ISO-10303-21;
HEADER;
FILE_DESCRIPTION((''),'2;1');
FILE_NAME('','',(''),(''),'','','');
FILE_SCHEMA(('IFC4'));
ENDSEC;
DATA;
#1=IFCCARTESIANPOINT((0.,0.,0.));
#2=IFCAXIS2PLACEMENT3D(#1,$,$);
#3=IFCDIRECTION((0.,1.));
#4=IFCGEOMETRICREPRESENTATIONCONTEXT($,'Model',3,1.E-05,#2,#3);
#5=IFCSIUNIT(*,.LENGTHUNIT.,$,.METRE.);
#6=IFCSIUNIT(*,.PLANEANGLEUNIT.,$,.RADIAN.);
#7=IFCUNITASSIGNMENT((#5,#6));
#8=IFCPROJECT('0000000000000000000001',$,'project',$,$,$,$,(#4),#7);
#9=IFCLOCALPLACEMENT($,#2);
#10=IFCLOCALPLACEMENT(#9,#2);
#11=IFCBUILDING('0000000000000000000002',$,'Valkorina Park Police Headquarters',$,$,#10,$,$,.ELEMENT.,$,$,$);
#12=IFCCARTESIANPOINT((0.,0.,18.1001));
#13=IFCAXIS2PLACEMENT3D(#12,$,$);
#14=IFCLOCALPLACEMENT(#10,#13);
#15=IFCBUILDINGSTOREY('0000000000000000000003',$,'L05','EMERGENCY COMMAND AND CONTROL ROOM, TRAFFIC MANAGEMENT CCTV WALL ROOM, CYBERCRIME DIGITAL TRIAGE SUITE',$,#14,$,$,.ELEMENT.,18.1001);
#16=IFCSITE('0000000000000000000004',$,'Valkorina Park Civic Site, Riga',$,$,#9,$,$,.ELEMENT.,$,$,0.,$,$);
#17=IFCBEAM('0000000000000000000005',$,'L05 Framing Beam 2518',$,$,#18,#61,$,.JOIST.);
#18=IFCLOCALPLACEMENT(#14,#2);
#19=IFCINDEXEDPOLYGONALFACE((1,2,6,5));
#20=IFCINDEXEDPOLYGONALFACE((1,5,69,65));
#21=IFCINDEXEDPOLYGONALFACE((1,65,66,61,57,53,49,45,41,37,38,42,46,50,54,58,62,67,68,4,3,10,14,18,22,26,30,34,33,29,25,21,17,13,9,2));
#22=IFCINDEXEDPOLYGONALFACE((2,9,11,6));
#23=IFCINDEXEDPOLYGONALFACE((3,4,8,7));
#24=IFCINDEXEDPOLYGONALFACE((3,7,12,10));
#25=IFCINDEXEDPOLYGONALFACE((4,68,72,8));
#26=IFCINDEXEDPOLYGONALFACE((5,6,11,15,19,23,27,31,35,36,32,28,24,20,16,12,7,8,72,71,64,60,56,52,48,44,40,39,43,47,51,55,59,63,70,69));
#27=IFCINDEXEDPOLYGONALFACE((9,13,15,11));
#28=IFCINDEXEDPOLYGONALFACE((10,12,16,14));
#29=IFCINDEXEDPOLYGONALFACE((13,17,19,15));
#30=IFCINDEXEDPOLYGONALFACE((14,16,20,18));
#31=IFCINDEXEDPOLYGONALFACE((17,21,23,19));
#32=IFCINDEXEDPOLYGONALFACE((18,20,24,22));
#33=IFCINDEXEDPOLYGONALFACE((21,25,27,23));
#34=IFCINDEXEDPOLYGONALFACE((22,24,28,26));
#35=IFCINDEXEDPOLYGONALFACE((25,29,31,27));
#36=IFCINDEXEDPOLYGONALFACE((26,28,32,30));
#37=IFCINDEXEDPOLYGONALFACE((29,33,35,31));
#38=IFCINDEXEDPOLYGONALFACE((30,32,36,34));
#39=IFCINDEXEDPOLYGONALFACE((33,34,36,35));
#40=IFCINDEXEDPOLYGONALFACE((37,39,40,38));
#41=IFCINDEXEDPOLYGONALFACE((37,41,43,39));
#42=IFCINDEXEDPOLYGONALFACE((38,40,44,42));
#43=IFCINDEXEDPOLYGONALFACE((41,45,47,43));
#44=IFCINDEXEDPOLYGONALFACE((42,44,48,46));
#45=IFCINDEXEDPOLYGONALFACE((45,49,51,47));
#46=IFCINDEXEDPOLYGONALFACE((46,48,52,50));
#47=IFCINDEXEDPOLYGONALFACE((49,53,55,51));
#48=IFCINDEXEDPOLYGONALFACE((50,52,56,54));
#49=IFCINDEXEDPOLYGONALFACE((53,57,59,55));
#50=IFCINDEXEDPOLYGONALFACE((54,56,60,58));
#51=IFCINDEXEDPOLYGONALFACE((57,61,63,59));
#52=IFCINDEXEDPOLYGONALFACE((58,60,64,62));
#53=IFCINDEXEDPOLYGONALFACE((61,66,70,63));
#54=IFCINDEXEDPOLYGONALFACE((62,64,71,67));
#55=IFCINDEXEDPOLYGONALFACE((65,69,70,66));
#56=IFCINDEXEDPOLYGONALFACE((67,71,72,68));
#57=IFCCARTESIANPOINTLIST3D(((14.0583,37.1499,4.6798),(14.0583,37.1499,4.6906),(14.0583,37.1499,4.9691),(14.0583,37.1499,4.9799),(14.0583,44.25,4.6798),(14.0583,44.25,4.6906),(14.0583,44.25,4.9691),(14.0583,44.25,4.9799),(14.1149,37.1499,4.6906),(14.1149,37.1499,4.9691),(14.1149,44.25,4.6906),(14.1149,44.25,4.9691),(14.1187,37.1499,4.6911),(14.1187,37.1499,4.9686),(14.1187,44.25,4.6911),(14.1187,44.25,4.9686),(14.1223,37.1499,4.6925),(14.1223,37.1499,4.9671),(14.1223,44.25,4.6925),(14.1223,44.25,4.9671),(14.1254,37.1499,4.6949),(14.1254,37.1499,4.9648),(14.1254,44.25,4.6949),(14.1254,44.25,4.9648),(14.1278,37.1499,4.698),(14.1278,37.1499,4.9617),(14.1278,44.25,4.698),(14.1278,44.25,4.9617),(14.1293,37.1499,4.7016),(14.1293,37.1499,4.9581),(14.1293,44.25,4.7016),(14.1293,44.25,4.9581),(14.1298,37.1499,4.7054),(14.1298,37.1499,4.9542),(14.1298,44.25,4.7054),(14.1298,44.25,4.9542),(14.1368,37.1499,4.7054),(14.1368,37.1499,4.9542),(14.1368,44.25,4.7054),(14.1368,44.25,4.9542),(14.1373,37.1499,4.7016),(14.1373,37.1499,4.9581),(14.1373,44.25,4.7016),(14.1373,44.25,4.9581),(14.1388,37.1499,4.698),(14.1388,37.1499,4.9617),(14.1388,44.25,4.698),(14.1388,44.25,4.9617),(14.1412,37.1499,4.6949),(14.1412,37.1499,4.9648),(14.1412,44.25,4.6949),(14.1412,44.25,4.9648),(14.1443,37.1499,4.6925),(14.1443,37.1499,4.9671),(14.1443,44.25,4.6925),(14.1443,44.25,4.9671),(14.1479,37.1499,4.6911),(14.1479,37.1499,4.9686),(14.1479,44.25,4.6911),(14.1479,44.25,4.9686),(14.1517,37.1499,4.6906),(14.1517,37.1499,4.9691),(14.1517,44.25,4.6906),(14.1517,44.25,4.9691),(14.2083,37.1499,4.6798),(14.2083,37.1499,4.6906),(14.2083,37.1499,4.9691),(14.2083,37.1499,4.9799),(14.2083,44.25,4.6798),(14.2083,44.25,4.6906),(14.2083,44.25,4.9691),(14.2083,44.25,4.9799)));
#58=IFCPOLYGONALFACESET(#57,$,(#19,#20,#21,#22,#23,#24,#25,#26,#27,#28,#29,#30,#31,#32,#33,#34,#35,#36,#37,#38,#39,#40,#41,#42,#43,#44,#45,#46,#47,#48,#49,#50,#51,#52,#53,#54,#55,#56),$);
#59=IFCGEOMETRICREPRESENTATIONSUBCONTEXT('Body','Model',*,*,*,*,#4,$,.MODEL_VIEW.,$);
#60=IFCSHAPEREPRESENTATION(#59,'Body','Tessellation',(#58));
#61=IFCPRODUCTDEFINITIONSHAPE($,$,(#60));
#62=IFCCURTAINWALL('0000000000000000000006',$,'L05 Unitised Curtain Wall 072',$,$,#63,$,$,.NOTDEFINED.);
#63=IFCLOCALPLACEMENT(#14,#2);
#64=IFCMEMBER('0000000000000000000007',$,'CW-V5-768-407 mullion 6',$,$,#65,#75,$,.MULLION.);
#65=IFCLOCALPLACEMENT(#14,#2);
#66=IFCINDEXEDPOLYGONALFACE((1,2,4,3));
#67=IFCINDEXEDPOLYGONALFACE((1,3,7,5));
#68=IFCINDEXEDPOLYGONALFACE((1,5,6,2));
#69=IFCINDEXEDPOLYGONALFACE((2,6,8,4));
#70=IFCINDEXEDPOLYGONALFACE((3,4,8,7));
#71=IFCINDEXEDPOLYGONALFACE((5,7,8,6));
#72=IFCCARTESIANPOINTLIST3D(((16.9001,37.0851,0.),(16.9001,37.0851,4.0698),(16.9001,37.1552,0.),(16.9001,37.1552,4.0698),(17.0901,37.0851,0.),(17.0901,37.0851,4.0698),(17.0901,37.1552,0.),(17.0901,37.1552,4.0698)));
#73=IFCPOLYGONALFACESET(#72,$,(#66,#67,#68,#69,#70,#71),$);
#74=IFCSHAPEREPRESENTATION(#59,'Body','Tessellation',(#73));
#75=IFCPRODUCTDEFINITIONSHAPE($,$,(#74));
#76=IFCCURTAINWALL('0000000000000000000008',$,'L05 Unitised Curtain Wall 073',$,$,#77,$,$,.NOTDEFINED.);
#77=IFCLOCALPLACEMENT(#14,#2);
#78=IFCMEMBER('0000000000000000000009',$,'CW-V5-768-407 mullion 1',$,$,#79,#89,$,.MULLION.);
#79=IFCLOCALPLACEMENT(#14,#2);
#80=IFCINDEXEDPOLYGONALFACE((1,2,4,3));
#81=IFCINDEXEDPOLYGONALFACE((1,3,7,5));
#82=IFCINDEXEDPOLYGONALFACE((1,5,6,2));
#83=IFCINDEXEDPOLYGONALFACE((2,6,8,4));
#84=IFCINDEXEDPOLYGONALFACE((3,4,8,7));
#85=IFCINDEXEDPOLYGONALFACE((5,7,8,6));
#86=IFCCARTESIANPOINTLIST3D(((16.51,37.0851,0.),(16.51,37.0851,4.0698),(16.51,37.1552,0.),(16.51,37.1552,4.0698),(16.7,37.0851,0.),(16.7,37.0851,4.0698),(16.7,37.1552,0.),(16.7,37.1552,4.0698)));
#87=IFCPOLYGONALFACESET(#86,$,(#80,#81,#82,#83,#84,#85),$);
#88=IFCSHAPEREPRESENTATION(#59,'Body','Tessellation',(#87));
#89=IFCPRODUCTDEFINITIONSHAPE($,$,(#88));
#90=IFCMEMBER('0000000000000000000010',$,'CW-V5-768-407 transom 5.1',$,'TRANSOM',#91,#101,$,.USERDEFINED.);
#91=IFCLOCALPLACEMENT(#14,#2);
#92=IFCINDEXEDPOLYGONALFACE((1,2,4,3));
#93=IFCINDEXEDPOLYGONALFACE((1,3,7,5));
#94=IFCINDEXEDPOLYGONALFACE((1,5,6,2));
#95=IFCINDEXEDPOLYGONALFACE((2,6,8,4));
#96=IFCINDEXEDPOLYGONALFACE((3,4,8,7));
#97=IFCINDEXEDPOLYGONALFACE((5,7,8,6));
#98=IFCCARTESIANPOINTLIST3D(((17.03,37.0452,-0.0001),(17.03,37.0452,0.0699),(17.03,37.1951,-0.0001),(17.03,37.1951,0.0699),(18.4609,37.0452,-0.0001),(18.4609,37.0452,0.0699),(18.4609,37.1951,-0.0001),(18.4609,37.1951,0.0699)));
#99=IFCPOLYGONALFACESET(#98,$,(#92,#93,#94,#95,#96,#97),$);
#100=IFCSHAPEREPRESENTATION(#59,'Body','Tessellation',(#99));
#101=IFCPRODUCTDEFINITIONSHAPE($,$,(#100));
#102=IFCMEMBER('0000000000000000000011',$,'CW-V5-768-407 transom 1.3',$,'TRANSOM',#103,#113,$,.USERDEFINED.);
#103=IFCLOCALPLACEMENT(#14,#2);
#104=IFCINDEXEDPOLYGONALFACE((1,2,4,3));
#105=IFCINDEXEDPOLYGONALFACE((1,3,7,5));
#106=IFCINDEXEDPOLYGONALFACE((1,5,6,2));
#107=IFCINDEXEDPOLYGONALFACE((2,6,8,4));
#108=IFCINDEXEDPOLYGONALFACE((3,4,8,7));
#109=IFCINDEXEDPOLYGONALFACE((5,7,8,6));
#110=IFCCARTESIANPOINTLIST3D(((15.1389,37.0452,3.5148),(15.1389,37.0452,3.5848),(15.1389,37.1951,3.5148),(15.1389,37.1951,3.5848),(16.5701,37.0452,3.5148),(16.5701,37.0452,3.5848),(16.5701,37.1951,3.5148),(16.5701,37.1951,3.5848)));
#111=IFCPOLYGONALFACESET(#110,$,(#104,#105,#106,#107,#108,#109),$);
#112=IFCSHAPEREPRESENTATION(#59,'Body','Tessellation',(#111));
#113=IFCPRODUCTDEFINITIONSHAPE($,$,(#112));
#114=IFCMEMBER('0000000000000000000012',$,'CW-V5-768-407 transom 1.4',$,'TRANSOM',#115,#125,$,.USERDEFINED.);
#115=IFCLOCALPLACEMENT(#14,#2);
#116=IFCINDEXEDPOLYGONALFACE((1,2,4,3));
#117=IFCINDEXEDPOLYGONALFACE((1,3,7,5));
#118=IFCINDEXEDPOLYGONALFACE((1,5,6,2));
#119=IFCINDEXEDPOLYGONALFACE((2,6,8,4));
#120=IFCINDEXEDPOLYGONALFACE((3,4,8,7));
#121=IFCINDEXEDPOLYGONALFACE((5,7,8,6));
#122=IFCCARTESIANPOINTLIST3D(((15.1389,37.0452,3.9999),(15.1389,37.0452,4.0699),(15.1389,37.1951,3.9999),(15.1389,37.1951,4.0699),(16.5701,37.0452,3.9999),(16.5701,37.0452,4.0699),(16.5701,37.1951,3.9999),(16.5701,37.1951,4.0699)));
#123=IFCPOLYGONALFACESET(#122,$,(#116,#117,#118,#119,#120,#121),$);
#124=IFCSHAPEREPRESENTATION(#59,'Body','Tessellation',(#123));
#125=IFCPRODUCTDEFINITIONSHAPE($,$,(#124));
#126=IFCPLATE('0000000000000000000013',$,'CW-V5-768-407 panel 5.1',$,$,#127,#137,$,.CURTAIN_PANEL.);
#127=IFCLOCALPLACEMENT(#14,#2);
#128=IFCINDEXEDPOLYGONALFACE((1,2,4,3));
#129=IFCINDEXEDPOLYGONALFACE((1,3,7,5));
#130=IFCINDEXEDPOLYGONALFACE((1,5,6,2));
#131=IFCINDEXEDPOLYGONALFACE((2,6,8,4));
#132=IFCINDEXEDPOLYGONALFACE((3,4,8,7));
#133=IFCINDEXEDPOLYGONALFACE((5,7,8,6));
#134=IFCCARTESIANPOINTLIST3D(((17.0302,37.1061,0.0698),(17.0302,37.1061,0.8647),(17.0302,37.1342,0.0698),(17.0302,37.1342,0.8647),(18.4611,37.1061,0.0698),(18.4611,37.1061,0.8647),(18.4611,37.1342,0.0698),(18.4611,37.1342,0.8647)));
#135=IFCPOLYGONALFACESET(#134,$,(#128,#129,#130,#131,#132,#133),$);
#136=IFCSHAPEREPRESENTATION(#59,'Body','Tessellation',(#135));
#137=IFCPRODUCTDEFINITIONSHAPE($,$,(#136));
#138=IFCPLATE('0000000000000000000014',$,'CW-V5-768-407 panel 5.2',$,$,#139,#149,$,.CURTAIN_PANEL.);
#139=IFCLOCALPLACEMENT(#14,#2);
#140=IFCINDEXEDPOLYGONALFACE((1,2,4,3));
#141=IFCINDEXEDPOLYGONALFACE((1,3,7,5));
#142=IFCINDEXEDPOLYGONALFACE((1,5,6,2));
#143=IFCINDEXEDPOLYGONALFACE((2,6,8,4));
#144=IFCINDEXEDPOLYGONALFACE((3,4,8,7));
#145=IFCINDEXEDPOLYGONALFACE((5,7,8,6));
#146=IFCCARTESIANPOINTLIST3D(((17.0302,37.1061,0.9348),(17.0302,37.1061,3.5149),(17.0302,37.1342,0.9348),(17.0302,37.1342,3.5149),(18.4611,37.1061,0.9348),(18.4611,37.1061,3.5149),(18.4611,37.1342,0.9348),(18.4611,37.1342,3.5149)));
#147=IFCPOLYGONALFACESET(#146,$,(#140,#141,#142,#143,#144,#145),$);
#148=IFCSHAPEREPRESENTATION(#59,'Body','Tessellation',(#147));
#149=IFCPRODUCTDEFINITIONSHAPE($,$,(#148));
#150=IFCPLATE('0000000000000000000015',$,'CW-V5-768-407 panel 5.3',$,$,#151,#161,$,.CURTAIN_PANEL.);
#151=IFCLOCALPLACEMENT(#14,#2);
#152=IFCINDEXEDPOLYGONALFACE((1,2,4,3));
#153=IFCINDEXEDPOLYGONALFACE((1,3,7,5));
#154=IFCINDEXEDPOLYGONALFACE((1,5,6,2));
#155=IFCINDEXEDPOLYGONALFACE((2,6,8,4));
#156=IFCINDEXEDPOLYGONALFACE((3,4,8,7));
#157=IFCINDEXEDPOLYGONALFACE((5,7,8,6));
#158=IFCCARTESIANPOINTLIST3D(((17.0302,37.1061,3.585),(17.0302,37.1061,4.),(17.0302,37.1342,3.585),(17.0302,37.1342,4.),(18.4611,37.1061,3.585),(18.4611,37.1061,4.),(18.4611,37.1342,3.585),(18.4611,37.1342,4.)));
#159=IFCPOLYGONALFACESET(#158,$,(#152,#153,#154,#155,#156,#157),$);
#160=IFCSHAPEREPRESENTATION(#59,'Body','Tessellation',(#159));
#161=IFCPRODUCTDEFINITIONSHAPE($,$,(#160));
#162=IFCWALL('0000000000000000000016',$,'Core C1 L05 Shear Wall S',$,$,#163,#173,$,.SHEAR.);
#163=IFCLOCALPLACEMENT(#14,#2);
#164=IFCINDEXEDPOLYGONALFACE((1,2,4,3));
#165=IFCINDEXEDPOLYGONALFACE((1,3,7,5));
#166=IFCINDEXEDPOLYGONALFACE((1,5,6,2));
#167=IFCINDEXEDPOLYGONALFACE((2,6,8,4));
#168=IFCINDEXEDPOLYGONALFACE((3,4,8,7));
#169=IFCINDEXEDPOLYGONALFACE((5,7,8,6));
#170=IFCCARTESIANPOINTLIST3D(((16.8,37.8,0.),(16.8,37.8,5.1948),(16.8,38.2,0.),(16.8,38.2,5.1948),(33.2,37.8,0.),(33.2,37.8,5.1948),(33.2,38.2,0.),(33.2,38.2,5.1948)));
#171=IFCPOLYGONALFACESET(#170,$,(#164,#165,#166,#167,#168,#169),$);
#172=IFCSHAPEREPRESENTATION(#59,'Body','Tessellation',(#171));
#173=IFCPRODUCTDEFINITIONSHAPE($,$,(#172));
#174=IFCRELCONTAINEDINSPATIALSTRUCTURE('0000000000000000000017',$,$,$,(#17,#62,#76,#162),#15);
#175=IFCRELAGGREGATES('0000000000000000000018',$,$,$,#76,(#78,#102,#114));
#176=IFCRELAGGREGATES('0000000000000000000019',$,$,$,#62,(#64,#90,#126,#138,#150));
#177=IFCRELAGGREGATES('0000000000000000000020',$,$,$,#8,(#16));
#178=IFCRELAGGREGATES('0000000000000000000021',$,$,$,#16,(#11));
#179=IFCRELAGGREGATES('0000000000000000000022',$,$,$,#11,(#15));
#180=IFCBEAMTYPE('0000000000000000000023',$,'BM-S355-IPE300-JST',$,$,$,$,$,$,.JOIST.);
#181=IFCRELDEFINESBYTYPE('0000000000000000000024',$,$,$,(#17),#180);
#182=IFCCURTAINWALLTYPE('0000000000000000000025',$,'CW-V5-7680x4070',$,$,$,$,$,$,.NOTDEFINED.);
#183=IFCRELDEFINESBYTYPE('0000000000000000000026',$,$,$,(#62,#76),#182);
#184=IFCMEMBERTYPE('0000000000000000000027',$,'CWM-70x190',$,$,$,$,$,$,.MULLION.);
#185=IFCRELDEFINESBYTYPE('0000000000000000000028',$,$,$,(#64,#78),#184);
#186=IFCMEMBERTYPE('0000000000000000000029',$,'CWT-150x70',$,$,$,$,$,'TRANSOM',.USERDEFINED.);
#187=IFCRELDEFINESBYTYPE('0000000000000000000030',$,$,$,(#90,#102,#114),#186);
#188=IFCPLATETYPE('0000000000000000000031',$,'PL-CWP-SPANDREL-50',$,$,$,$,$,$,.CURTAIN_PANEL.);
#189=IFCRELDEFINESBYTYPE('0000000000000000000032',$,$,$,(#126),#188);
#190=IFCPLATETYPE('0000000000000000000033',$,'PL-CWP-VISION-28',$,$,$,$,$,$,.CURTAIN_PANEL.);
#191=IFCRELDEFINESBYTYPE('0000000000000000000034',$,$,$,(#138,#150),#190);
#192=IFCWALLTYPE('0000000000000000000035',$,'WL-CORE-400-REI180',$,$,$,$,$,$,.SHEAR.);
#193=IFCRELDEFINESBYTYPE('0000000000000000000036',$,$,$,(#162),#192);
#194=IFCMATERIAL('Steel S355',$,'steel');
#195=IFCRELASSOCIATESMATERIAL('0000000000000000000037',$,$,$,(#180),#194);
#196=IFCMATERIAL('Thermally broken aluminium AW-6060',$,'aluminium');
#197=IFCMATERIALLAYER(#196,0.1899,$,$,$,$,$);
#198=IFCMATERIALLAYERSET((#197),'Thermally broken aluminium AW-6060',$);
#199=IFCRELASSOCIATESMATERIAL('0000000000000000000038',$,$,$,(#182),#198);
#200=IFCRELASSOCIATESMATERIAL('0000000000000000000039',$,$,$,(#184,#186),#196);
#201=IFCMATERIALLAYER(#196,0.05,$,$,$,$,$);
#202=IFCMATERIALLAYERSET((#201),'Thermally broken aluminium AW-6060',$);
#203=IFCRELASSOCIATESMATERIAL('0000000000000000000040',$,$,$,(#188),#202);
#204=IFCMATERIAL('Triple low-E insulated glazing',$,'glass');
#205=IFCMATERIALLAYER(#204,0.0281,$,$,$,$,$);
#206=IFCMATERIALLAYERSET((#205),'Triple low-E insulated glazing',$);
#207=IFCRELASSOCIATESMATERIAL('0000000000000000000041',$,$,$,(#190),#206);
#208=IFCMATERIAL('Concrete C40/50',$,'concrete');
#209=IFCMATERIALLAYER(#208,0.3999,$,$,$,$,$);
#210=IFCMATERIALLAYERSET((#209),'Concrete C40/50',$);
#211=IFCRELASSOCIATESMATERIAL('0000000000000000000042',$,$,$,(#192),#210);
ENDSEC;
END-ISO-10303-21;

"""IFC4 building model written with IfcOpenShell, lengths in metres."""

from ifc_helpers import new_model, si_unit, direction, frame, frame_2d, origin, origin_2d, place, context, subcontext, project, spatial, rectangle, i_section, extrude, material, layer, layer_set, material_profile, profile_set, type_object, element, aggregate, save


model = new_model("IFC4")

# Units and contexts
model_context = context("Model", 3, precision=1e-05, world=origin(), true_north=direction((0.0, 1.0)))
body_context = subcontext(model_context, "Body", "Model", "MODEL_VIEW")
ifc_project = project(units=[si_unit("LENGTHUNIT", "METRE"), si_unit("PLANEANGLEUNIT", "RADIAN")], contexts=[model_context])

# Site, building, storey
site_placement = place(None, origin())
site = spatial("IfcSite", under=ifc_project, at=site_placement, Name="Valkorina Park Civic Site, Riga", CompositionType="ELEMENT", RefElevation=0.0)
building_placement = place(site_placement, origin())
building = spatial("IfcBuilding", under=site, at=building_placement, Name="Valkorina Park Police Headquarters", CompositionType="ELEMENT")
storey_placement = place(building_placement, frame((0.0, 0.0, 18.1001)))
storey = spatial("IfcBuildingStorey", under=building, at=storey_placement, Name="L05", Description="EMERGENCY COMMAND AND CONTROL ROOM, TRAFFIC MANAGEMENT CCTV WALL ROOM, CYBERCRIME DIGITAL TRIAGE SUITE", CompositionType="ELEMENT", Elevation=18.1001)

# Shared definitions
ifc_material_1 = material(Name="Steel S355", Category="steel")

# Beam
ifc_material_profile_1 = material_profile(ifc_material_1, i_section(OverallWidth=0.1499, OverallDepth=0.3, WebThickness=0.0071, FlangeThickness=0.0107, FilletRadius=0.0149, at=origin_2d()), Name="IPE 300")
ifc_profile_set_1 = profile_set([ifc_material_profile_1], Name="Steel S355")
beam_type_1 = type_object("IfcBeamType", Name="BM-S355-IPE300-JST", PredefinedType="JOIST", material=ifc_profile_set_1)
beam_1_placement = place(storey_placement, frame((14.1333, 37.1499, 4.8298), z_axis=(0.0, 1.0, 0.0), x_axis=(-1.0, 0.0, 0.0)))
element("IfcBeam", 1, at=beam_1_placement, inside=storey, type_object=beam_type_1, Name="L05 Framing Beam 2518", PredefinedType="JOIST", context=body_context, shape_type="SweptSolid", body=[
    extrude(i_section(OverallWidth=0.1499, OverallDepth=0.3, WebThickness=0.0071, FlangeThickness=0.0107, FilletRadius=0.0149, at=origin_2d()), origin(), (0.0, 0.0, 1.0), 7.1001),
])

# Curtain walls, members
ifc_material_2 = material(Name="Thermally broken aluminium AW-6060", Category="aluminium")
ifc_layer_1 = layer(ifc_material_2, 0.1899)
ifc_layer_set_1 = layer_set([ifc_layer_1], Name="Thermally broken aluminium AW-6060")
curtain_wall_type = type_object("IfcCurtainWallType", Name="CW-V5-7680x4070", PredefinedType="NOTDEFINED", material=ifc_layer_set_1)
curtain_wall_1_placement = place(storey_placement, origin())
curtain_wall_1 = element("IfcCurtainWall", 2, at=curtain_wall_1_placement, inside=storey, type_object=curtain_wall_type, Name="L05 Unitised Curtain Wall 072", PredefinedType="NOTDEFINED")
ifc_material_profile_2 = material_profile(ifc_material_2, rectangle(XDim=0.0701, YDim=0.1899, at=origin_2d()), Name="CWM-02 70x190")
ifc_profile_set_2 = profile_set([ifc_material_profile_2], Name="Thermally broken aluminium AW-6060")
member_type_1 = type_object("IfcMemberType", Name="CWM-70x190", PredefinedType="MULLION", material=ifc_profile_set_2)
member_1_placement = place(storey_placement, frame((16.9951, 37.1201, 0.0), z_axis=(0.0, 0.0, 1.0), x_axis=(0.0, -1.0, 0.0)))
member_1 = element("IfcMember", 3, at=member_1_placement, type_object=member_type_1, Name="CW-V5-768-407 mullion 6", PredefinedType="MULLION", context=body_context, shape_type="SweptSolid", body=[
    extrude(rectangle(XDim=0.0701, YDim=0.1899, at=origin_2d()), origin(), (0.0, 0.0, 1.0), 4.0698),
])
curtain_wall_2_placement = place(storey_placement, origin())
curtain_wall_2 = element("IfcCurtainWall", 4, at=curtain_wall_2_placement, inside=storey, type_object=curtain_wall_type, Name="L05 Unitised Curtain Wall 073", PredefinedType="NOTDEFINED")
member_2_placement = place(storey_placement, frame((16.605, 37.1201, 0.0), z_axis=(0.0, 0.0, 1.0), x_axis=(0.0, -1.0, 0.0)))
member_2 = element("IfcMember", 5, at=member_2_placement, type_object=member_type_1, Name="CW-V5-768-407 mullion 1", PredefinedType="MULLION", context=body_context, shape_type="SweptSolid", body=[
    extrude(rectangle(XDim=0.0701, YDim=0.1899, at=origin_2d()), origin(), (0.0, 0.0, 1.0), 4.0698),
])

# Members
ifc_material_profile_3 = material_profile(ifc_material_2, rectangle(XDim=0.1499, YDim=0.0701, at=origin_2d()), Name="CWT-02 150x70")
ifc_profile_set_3 = profile_set([ifc_material_profile_3], Name="Thermally broken aluminium AW-6060")
member_type_2 = type_object("IfcMemberType", Name="CWT-150x70", ElementType="TRANSOM", PredefinedType="USERDEFINED", material=ifc_profile_set_3)
member_3_placement = place(storey_placement, frame((18.4609, 37.1201, 0.0349), z_axis=(-1.0, 0.0, 0.0), x_axis=(0.0, -1.0, 0.0)))
member_3 = element("IfcMember", 6, at=member_3_placement, type_object=member_type_2, Name="CW-V5-768-407 transom 5.1", ObjectType="TRANSOM", PredefinedType="USERDEFINED", context=body_context, shape_type="SweptSolid", body=[
    extrude(rectangle(XDim=0.1499, YDim=0.0701, at=origin_2d()), origin(), (0.0, 0.0, 1.0), 1.4309),
])
member_4_placement = place(storey_placement, frame((16.5701, 37.1201, 3.5498), z_axis=(-1.0, 0.0, 0.0), x_axis=(0.0, -1.0, 0.0)))
member_4 = element("IfcMember", 7, at=member_4_placement, type_object=member_type_2, Name="CW-V5-768-407 transom 1.3", ObjectType="TRANSOM", PredefinedType="USERDEFINED", context=body_context, shape_type="SweptSolid", body=[
    extrude(rectangle(XDim=0.1499, YDim=0.0701, at=origin_2d()), origin(), (0.0, 0.0, 1.0), 1.4312),
])
member_5_placement = place(storey_placement, frame((16.5701, 37.1201, 4.0349), z_axis=(-1.0, 0.0, 0.0), x_axis=(0.0, -1.0, 0.0)))
member_5 = element("IfcMember", 8, at=member_5_placement, type_object=member_type_2, Name="CW-V5-768-407 transom 1.4", ObjectType="TRANSOM", PredefinedType="USERDEFINED", context=body_context, shape_type="SweptSolid", body=[
    extrude(rectangle(XDim=0.1499, YDim=0.0701, at=origin_2d()), origin(), (0.0, 0.0, 1.0), 1.4312),
])
aggregate(curtain_wall_2, [member_2, member_4, member_5])

# Plates
ifc_layer_2 = layer(ifc_material_2, 0.05)
ifc_layer_set_2 = layer_set([ifc_layer_2], Name="Thermally broken aluminium AW-6060")
plate_type_1 = type_object("IfcPlateType", Name="PL-CWP-SPANDREL-50", PredefinedType="CURTAIN_PANEL", material=ifc_layer_set_2)
plate_1_placement = place(storey_placement, frame((17.7456, 37.1201, 0.0698), z_axis=(0.0, 0.0, 1.0), x_axis=(-1.0, 0.0, 0.0)))
plate_1 = element("IfcPlate", 9, at=plate_1_placement, type_object=plate_type_1, Name="CW-V5-768-407 panel 5.1", PredefinedType="CURTAIN_PANEL", context=body_context, shape_type="SweptSolid", body=[
    extrude(rectangle(XDim=1.4309, YDim=0.0281, at=origin_2d()), origin(), (0.0, 0.0, 1.0), 0.7949),
])
ifc_material_3 = material(Name="Triple low-E insulated glazing", Category="glass")
ifc_layer_3 = layer(ifc_material_3, 0.0281)
ifc_layer_set_3 = layer_set([ifc_layer_3], Name="Triple low-E insulated glazing")
plate_type_2 = type_object("IfcPlateType", Name="PL-CWP-VISION-28", PredefinedType="CURTAIN_PANEL", material=ifc_layer_set_3)
plate_2_placement = place(storey_placement, frame((17.7456, 37.1201, 0.9348), z_axis=(0.0, 0.0, 1.0), x_axis=(-1.0, 0.0, 0.0)))
plate_2 = element("IfcPlate", 10, at=plate_2_placement, type_object=plate_type_2, Name="CW-V5-768-407 panel 5.2", PredefinedType="CURTAIN_PANEL", context=body_context, shape_type="SweptSolid", body=[
    extrude(rectangle(XDim=1.4309, YDim=0.0281, at=origin_2d()), origin(), (0.0, 0.0, 1.0), 2.5801),
])
plate_3_placement = place(storey_placement, frame((17.7456, 37.1201, 3.585), z_axis=(0.0, 0.0, 1.0), x_axis=(-1.0, 0.0, 0.0)))
plate_3 = element("IfcPlate", 11, at=plate_3_placement, type_object=plate_type_2, Name="CW-V5-768-407 panel 5.3", PredefinedType="CURTAIN_PANEL", context=body_context, shape_type="SweptSolid", body=[
    extrude(rectangle(XDim=1.4309, YDim=0.0281, at=origin_2d()), origin(), (0.0, 0.0, 1.0), 0.415),
])
aggregate(curtain_wall_1, [member_1, member_3, plate_1, plate_2, plate_3])

# Wall
ifc_material_4 = material(Name="Concrete C40/50", Category="concrete")
ifc_layer_4 = layer(ifc_material_4, 0.3999)
ifc_layer_set_4 = layer_set([ifc_layer_4], Name="Concrete C40/50")
wall_type_1 = type_object("IfcWallType", Name="WL-CORE-400-REI180", PredefinedType="SHEAR", material=ifc_layer_set_4)
wall_1_placement = place(storey_placement, frame((16.8, 38.0, 0.0), z_axis=(0.0, 0.0, 1.0), x_axis=(1.0, 0.0, 0.0)))
element("IfcWall", 12, at=wall_1_placement, inside=storey, type_object=wall_type_1, Name="Core C1 L05 Shear Wall S", PredefinedType="SHEAR", context=body_context, shape_type="SweptSolid", body=[
    extrude(rectangle(XDim=16.3999, YDim=0.3999, at=frame_2d((8.2, 0.0))), origin(), (0.0, 0.0, 1.0), 5.1948),
])

save(model, "model.ifc")
